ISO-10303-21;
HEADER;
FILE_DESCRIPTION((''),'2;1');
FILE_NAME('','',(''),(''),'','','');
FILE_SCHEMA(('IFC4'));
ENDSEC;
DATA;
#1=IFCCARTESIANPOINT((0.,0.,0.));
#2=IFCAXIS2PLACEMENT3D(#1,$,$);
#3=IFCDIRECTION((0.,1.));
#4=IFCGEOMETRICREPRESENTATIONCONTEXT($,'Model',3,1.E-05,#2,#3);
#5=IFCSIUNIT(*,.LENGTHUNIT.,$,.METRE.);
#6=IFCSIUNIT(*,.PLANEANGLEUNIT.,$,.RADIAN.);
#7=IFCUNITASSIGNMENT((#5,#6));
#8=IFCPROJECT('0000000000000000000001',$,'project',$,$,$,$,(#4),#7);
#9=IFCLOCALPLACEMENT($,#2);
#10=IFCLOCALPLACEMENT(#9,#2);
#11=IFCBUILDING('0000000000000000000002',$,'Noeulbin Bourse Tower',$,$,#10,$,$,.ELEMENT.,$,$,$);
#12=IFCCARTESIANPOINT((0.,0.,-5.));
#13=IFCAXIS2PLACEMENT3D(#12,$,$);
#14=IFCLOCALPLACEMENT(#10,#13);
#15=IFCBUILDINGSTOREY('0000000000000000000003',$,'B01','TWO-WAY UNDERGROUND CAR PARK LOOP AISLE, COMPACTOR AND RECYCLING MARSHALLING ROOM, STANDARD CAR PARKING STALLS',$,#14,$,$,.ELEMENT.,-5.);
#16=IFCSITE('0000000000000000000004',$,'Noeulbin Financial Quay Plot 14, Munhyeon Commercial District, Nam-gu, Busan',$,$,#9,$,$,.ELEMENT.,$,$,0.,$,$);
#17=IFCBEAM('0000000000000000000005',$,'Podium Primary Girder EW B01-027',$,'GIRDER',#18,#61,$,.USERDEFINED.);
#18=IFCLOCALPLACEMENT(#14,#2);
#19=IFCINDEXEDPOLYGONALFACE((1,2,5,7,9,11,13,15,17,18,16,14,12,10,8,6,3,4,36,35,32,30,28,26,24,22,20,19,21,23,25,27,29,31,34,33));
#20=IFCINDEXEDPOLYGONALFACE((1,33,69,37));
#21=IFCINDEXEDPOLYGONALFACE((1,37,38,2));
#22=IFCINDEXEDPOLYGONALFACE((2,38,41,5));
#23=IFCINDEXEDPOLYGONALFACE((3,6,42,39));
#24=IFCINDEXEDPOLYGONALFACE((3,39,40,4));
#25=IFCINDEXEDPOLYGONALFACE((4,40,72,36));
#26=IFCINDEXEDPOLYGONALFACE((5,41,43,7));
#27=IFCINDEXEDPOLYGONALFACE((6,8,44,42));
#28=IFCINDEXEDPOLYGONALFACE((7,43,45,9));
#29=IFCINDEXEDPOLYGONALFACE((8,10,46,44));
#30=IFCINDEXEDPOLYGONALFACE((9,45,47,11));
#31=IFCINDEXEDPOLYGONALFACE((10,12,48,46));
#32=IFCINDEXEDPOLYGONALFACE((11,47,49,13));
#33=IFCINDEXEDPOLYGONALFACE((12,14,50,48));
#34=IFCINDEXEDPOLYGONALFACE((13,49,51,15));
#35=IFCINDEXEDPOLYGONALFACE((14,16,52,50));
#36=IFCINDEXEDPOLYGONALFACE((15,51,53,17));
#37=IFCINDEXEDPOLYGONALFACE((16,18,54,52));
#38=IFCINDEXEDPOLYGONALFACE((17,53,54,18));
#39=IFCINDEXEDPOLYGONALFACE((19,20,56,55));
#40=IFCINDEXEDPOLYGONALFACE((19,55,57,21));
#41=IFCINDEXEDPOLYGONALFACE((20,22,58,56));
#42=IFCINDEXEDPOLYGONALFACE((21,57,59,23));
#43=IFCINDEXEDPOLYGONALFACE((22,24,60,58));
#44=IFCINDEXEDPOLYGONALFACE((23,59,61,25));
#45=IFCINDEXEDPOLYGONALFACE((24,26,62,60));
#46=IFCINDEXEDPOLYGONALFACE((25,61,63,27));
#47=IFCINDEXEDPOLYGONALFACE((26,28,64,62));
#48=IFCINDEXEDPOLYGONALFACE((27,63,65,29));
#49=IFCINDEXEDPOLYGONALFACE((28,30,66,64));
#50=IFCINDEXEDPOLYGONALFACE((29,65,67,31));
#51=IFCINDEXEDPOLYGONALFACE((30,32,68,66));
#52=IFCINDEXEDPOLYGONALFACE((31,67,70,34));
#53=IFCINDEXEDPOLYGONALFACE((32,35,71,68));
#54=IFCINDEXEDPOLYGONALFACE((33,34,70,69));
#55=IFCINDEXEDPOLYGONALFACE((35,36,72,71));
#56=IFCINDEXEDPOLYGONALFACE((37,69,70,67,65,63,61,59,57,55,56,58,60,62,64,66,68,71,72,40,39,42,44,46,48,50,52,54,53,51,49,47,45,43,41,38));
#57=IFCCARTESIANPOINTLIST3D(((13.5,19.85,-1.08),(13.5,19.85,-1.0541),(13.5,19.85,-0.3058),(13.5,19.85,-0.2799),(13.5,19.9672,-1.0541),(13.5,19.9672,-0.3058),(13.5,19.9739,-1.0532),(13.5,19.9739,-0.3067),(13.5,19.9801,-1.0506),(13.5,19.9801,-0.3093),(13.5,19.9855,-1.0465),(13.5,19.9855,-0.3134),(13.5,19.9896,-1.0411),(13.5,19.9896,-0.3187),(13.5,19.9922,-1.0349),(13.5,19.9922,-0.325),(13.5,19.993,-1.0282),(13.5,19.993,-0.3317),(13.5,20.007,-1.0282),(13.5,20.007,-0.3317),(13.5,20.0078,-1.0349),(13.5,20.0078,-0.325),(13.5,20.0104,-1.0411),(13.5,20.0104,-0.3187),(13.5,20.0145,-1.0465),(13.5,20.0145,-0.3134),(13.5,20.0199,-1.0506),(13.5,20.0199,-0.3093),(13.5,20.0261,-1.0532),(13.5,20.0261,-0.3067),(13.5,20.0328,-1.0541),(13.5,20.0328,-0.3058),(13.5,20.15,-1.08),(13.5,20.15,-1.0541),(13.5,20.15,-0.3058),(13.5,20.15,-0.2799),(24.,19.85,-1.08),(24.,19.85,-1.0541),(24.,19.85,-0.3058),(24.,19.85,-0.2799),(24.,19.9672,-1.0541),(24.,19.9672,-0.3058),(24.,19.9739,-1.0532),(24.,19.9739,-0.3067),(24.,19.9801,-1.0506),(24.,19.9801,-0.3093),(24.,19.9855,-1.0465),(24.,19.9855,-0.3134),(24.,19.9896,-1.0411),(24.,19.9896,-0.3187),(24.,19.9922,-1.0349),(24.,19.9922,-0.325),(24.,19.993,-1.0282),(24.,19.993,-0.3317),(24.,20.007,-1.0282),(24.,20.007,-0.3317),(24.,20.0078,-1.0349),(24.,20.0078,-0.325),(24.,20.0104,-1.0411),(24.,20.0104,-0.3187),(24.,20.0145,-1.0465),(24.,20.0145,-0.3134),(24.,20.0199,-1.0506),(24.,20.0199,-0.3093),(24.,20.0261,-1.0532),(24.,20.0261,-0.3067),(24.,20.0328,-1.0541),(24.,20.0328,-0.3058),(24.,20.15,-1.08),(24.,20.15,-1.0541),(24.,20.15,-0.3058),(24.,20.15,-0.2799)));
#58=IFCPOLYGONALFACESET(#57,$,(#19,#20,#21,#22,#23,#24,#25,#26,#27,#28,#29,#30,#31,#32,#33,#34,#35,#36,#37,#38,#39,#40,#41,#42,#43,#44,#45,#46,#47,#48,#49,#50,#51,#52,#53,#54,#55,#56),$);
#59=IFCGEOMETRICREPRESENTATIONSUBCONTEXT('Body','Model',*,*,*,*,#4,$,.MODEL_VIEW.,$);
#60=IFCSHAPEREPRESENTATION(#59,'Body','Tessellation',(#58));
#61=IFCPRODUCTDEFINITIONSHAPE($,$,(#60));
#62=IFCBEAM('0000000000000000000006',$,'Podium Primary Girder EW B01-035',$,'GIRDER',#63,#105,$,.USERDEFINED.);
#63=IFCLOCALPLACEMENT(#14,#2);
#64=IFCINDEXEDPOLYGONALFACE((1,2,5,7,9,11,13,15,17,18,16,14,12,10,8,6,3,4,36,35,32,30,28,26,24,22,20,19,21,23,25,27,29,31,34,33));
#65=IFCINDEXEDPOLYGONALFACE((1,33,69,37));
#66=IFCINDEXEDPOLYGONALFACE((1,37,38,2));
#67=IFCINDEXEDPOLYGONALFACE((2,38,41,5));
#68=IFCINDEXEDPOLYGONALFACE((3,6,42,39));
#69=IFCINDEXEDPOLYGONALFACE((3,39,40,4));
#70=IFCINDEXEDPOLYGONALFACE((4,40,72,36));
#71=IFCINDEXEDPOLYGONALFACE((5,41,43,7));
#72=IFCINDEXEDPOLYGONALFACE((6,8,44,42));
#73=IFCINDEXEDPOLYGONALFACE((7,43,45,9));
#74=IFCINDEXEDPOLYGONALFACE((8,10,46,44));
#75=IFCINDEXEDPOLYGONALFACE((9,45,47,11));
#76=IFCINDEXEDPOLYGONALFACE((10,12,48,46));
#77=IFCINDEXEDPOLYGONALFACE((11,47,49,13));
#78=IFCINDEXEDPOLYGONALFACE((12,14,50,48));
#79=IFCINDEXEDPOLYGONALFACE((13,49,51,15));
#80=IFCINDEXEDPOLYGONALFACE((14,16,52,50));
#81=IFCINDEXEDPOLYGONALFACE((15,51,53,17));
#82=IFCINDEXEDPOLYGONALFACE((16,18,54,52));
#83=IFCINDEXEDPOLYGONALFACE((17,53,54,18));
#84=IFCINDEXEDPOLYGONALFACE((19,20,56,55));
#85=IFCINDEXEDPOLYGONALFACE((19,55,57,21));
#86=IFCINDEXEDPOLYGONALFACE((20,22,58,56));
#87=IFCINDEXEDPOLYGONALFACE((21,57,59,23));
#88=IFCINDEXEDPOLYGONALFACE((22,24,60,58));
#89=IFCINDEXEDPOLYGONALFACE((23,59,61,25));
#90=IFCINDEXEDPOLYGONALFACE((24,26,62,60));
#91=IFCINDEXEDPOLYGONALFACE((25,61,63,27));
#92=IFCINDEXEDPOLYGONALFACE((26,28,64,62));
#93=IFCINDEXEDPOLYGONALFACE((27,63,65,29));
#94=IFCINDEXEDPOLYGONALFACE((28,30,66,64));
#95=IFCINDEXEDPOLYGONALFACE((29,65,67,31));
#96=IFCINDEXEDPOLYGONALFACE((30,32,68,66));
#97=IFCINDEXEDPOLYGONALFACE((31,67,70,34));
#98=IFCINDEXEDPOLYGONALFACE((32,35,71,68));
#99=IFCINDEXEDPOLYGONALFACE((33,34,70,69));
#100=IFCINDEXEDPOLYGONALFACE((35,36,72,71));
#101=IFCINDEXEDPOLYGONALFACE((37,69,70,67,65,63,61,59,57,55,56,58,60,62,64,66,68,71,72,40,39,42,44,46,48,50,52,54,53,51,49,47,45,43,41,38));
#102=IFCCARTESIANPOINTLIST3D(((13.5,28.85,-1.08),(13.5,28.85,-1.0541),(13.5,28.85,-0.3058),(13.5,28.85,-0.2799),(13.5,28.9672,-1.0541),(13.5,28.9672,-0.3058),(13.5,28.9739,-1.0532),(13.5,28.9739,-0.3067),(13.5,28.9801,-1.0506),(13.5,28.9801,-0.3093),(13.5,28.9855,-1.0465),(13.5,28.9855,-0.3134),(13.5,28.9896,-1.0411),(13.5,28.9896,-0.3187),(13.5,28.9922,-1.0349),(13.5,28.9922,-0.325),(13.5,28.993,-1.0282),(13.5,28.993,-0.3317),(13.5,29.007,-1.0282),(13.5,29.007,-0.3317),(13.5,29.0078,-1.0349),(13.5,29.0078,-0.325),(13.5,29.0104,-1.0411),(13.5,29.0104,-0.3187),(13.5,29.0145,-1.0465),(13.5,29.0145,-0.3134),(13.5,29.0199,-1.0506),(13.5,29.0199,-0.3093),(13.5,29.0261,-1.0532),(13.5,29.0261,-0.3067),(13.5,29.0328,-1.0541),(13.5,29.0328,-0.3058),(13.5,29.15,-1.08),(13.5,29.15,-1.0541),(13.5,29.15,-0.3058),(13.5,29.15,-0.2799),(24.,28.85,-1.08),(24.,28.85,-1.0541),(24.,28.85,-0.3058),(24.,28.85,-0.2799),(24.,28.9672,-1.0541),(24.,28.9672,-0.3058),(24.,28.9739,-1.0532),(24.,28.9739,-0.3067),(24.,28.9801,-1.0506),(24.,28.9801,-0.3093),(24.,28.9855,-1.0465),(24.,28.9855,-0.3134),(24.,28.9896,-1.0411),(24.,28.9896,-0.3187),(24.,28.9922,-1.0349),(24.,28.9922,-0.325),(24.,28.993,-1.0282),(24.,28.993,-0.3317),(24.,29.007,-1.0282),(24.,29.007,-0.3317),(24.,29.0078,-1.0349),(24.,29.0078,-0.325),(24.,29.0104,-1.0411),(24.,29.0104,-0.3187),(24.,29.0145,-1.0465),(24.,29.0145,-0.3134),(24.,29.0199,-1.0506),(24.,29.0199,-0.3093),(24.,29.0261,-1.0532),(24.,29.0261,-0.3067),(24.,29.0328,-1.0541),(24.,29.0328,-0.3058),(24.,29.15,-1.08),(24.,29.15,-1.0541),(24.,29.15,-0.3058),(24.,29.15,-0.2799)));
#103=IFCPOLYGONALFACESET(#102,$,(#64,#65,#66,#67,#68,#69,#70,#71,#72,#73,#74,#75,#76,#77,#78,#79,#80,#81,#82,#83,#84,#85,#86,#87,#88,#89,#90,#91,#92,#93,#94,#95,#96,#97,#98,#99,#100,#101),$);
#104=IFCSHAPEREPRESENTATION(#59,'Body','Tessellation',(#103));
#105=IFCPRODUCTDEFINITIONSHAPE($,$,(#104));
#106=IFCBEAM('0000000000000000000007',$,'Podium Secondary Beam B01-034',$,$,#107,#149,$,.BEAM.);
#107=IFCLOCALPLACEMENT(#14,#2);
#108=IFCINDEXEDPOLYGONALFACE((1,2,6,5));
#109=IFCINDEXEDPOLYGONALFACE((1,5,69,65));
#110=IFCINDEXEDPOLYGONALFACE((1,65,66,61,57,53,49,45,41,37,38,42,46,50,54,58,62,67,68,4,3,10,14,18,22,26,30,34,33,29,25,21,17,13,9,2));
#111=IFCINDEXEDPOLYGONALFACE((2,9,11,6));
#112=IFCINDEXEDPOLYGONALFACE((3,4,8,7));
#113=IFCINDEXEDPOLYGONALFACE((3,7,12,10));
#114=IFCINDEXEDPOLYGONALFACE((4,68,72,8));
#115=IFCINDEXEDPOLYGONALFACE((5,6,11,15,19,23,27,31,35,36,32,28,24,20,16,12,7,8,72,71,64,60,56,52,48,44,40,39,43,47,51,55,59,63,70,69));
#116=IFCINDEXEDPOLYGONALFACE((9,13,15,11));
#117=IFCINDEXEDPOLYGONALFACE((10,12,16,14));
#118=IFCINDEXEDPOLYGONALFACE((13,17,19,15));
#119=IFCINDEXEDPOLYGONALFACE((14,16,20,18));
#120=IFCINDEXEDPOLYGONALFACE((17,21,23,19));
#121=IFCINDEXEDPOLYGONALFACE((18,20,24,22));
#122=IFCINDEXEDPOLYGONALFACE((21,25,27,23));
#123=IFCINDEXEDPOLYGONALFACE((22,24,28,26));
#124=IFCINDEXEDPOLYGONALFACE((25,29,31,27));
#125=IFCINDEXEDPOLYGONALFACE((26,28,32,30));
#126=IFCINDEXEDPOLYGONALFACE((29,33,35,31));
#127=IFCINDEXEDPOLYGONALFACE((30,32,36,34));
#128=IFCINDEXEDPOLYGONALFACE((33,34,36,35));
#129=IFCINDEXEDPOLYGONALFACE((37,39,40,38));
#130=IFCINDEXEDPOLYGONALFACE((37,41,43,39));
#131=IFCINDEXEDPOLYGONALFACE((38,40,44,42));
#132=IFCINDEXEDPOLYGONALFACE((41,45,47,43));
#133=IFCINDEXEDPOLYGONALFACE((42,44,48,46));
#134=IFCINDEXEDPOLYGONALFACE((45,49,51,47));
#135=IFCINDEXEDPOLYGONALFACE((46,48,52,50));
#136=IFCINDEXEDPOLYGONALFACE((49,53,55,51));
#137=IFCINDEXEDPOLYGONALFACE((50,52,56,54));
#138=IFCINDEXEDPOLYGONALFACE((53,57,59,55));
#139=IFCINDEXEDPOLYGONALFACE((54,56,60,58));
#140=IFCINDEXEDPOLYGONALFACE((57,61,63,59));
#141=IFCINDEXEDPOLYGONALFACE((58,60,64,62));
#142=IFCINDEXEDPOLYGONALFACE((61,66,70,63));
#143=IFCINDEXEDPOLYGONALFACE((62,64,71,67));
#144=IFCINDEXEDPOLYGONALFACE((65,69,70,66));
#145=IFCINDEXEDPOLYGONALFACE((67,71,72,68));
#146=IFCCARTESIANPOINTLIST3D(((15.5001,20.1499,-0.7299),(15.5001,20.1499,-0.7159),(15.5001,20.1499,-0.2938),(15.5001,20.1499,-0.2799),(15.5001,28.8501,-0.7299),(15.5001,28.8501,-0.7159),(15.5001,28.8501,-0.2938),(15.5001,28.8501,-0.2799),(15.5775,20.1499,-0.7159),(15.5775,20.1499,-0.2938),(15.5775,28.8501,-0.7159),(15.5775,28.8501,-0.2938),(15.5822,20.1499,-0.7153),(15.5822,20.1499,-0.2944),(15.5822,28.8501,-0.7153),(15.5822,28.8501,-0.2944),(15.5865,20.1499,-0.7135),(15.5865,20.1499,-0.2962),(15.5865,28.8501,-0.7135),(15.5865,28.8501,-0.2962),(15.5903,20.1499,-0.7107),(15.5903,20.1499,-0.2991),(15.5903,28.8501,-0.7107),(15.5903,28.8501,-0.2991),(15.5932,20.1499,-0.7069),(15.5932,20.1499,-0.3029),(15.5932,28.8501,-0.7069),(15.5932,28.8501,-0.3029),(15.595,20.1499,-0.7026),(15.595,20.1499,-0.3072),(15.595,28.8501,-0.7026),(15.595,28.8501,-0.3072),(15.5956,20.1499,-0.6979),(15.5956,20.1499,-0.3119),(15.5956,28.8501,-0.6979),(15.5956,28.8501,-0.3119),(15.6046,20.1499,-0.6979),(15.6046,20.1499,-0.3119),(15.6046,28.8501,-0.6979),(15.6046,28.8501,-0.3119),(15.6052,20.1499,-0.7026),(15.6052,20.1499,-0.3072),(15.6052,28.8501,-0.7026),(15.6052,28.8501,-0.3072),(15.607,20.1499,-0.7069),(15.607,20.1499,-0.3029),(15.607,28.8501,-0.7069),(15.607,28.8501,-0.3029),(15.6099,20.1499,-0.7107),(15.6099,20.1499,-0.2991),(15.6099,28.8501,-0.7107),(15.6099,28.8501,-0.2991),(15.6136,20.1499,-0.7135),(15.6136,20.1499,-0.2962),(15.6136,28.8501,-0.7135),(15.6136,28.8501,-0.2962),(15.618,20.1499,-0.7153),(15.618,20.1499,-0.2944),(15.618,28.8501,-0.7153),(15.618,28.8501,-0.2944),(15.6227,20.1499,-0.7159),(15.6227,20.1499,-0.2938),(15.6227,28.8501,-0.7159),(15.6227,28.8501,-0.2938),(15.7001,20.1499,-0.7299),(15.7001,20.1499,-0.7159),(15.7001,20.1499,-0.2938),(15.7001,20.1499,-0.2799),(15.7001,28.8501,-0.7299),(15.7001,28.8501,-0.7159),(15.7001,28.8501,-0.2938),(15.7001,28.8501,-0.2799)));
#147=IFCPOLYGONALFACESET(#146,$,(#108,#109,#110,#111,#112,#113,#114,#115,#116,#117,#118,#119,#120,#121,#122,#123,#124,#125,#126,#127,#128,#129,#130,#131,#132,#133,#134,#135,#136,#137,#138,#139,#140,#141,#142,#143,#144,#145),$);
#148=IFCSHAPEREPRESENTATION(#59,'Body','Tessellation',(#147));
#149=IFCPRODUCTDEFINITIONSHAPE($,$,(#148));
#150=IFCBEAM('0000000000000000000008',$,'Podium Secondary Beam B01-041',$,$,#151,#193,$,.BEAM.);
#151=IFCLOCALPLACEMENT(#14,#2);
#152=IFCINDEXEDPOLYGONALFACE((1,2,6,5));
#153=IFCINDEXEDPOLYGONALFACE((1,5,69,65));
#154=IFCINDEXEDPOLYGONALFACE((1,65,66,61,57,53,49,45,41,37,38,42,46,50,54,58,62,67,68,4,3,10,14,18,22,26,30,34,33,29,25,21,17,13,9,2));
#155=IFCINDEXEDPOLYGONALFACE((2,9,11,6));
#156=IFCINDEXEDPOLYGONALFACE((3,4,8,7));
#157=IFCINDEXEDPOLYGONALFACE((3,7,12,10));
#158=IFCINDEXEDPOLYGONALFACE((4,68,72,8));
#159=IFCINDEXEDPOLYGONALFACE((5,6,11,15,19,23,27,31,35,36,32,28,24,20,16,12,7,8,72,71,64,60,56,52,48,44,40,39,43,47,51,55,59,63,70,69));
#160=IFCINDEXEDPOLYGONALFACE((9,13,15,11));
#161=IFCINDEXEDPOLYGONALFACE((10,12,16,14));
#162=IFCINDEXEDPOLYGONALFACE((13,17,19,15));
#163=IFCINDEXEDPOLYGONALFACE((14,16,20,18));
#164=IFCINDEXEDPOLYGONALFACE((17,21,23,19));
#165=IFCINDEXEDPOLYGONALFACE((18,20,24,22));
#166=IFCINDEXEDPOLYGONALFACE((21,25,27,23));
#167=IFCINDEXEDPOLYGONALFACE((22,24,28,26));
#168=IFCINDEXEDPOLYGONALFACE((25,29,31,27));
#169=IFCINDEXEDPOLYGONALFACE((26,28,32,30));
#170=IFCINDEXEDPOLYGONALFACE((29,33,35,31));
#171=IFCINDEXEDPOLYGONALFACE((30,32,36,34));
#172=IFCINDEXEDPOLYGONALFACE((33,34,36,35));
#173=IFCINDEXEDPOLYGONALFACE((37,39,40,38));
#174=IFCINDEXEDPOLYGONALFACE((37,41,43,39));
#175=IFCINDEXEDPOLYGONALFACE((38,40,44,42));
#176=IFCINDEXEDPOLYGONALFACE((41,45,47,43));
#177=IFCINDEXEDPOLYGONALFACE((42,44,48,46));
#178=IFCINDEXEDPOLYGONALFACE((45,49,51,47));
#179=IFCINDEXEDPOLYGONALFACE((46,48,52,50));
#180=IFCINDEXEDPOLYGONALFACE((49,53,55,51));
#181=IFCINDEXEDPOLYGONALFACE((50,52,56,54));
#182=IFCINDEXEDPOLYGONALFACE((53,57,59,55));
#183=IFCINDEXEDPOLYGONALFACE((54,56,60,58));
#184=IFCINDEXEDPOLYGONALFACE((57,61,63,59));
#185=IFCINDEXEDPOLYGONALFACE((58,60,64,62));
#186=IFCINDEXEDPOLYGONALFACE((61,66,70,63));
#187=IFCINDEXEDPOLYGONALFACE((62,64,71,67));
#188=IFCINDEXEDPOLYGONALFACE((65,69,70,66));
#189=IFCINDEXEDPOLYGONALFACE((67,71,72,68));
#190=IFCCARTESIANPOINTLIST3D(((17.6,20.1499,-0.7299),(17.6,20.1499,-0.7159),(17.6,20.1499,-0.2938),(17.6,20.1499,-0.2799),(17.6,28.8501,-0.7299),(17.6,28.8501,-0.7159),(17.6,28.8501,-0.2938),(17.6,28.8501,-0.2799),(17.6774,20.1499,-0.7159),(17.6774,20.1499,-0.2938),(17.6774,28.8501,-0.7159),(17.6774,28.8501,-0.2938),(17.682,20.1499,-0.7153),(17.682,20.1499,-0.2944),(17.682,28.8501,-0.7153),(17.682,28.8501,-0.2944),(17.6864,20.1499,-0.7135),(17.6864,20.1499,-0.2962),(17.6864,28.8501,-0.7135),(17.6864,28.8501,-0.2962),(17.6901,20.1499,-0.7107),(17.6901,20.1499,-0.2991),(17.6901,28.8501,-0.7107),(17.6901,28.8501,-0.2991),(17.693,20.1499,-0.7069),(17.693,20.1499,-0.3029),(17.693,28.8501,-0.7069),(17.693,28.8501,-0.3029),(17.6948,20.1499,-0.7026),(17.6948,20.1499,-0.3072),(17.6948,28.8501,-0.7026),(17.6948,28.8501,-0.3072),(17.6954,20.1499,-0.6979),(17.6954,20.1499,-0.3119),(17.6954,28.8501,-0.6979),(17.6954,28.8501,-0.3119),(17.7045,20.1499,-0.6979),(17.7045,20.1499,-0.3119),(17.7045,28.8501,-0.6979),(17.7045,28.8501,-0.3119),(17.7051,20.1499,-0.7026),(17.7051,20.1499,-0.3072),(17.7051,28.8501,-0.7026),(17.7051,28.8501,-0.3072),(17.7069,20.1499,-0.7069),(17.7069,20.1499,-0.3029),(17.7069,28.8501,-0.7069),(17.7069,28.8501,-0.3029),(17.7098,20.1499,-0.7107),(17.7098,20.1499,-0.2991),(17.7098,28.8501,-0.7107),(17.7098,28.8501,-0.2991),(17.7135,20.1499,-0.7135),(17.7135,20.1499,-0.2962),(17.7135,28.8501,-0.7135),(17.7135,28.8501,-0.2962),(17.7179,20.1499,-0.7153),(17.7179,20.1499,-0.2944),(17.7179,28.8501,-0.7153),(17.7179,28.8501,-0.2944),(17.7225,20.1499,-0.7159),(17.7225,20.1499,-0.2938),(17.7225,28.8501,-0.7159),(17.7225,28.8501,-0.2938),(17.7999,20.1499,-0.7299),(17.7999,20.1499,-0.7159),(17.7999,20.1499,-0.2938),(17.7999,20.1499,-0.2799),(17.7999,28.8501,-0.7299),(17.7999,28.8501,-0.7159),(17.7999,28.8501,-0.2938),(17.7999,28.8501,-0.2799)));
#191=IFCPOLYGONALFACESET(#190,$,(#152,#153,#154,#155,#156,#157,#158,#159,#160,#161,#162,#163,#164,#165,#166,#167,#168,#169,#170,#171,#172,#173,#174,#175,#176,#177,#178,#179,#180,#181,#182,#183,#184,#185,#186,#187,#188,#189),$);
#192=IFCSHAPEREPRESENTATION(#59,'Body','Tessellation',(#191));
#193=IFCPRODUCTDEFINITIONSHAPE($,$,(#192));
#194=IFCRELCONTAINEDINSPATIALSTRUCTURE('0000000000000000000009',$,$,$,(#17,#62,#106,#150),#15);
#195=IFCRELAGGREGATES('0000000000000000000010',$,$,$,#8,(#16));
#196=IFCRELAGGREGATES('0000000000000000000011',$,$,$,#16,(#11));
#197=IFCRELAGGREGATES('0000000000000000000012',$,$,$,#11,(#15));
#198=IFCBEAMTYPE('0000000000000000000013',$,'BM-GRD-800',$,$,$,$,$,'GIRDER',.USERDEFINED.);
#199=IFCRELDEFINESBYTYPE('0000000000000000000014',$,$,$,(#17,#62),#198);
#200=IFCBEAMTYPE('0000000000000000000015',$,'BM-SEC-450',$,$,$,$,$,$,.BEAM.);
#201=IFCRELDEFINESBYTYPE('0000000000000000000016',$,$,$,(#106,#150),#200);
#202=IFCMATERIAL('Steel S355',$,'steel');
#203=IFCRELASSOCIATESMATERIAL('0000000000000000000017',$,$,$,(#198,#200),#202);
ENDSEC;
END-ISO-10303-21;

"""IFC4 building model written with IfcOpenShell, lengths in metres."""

from ifc_helpers import new_model, si_unit, direction, frame, origin, origin_2d, place, context, subcontext, project, spatial, i_section, extrude, material, material_profile, profile_set, type_object, element, save


model = new_model("IFC4")

# Units and contexts
model_context = context("Model", 3, precision=1e-05, world=origin(), true_north=direction((0.0, 1.0)))
body_context = subcontext(model_context, "Body", "Model", "MODEL_VIEW")
ifc_project = project(units=[si_unit("LENGTHUNIT", "METRE"), si_unit("PLANEANGLEUNIT", "RADIAN")], contexts=[model_context])

# Site, building, storey
site_placement = place(None, origin())
site = spatial("IfcSite", under=ifc_project, at=site_placement, Name="Noeulbin Financial Quay Plot 14, Munhyeon Commercial District, Nam-gu, Busan", CompositionType="ELEMENT", RefElevation=0.0)
building_placement = place(site_placement, origin())
building = spatial("IfcBuilding", under=site, at=building_placement, Name="Noeulbin Bourse Tower", CompositionType="ELEMENT")
storey_placement = place(building_placement, frame((0.0, 0.0, -5.0)))
storey = spatial("IfcBuildingStorey", under=building, at=storey_placement, Name="B01", Description="TWO-WAY UNDERGROUND CAR PARK LOOP AISLE, COMPACTOR AND RECYCLING MARSHALLING ROOM, STANDARD CAR PARKING STALLS", CompositionType="ELEMENT", Elevation=-5.0)

# Beams
ifc_material_1 = material(Name="Steel S355", Category="steel")
ifc_material_profile_1 = material_profile(ifc_material_1, i_section(OverallWidth=0.3, OverallDepth=0.8, WebThickness=0.0139, FlangeThickness=0.0259, FilletRadius=0.0259, at=origin_2d()), Name="H-800x300x14x26", Category="LoadBearing")
ifc_profile_set_1 = profile_set([ifc_material_profile_1], Name="Steel S355")
beam_type_1 = type_object("IfcBeamType", Name="BM-GRD-800", ElementType="GIRDER", PredefinedType="USERDEFINED", material=ifc_profile_set_1)
for number, where, z_axis, x_axis, name in (
    (1, (13.5, 20.0, -0.6799), (1.0, 0.0, 0.0), (0.0, 1.0, 0.0), "Podium Primary Girder EW B01-027"),
    (2, (13.5, 29.0, -0.6799), (1.0, 0.0, 0.0), (0.0, 1.0, 0.0), "Podium Primary Girder EW B01-035"),
):
    element("IfcBeam", number, at=place(storey_placement, frame(where, z_axis=z_axis, x_axis=x_axis)), inside=storey, type_object=beam_type_1, Name=name, ObjectType="GIRDER", PredefinedType="USERDEFINED", context=body_context, shape_type="SweptSolid", body=[
        extrude(i_section(OverallWidth=0.3, OverallDepth=0.8, WebThickness=0.0139, FlangeThickness=0.0259, FilletRadius=0.0259, at=origin_2d()), origin(), (0.0, 0.0, 1.0), 10.5),
    ])
ifc_material_profile_2 = material_profile(ifc_material_1, i_section(OverallWidth=0.2, OverallDepth=0.45, WebThickness=0.009, FlangeThickness=0.0139, FilletRadius=0.0181, at=origin_2d()), Name="H-450x200x9x14", Category="LoadBearing")
ifc_profile_set_2 = profile_set([ifc_material_profile_2], Name="Steel S355")
beam_type_2 = type_object("IfcBeamType", Name="BM-SEC-450", PredefinedType="BEAM", material=ifc_profile_set_2)
for number, where, z_axis, x_axis, name in (
    (3, (15.6001, 20.1499, -0.5049), (0.0, 1.0, 0.0), (-1.0, 0.0, 0.0), "Podium Secondary Beam B01-034"),
    (4, (17.7, 20.1499, -0.5049), (0.0, 1.0, 0.0), (-1.0, 0.0, 0.0), "Podium Secondary Beam B01-041"),
):
    element("IfcBeam", number, at=place(storey_placement, frame(where, z_axis=z_axis, x_axis=x_axis)), inside=storey, type_object=beam_type_2, Name=name, PredefinedType="BEAM", context=body_context, shape_type="SweptSolid", body=[
        extrude(i_section(OverallWidth=0.2, OverallDepth=0.45, WebThickness=0.009, FlangeThickness=0.0139, FilletRadius=0.0181, at=origin_2d()), origin(), (0.0, 0.0, 1.0), 8.7002),
    ])

save(model, "model.ifc")
